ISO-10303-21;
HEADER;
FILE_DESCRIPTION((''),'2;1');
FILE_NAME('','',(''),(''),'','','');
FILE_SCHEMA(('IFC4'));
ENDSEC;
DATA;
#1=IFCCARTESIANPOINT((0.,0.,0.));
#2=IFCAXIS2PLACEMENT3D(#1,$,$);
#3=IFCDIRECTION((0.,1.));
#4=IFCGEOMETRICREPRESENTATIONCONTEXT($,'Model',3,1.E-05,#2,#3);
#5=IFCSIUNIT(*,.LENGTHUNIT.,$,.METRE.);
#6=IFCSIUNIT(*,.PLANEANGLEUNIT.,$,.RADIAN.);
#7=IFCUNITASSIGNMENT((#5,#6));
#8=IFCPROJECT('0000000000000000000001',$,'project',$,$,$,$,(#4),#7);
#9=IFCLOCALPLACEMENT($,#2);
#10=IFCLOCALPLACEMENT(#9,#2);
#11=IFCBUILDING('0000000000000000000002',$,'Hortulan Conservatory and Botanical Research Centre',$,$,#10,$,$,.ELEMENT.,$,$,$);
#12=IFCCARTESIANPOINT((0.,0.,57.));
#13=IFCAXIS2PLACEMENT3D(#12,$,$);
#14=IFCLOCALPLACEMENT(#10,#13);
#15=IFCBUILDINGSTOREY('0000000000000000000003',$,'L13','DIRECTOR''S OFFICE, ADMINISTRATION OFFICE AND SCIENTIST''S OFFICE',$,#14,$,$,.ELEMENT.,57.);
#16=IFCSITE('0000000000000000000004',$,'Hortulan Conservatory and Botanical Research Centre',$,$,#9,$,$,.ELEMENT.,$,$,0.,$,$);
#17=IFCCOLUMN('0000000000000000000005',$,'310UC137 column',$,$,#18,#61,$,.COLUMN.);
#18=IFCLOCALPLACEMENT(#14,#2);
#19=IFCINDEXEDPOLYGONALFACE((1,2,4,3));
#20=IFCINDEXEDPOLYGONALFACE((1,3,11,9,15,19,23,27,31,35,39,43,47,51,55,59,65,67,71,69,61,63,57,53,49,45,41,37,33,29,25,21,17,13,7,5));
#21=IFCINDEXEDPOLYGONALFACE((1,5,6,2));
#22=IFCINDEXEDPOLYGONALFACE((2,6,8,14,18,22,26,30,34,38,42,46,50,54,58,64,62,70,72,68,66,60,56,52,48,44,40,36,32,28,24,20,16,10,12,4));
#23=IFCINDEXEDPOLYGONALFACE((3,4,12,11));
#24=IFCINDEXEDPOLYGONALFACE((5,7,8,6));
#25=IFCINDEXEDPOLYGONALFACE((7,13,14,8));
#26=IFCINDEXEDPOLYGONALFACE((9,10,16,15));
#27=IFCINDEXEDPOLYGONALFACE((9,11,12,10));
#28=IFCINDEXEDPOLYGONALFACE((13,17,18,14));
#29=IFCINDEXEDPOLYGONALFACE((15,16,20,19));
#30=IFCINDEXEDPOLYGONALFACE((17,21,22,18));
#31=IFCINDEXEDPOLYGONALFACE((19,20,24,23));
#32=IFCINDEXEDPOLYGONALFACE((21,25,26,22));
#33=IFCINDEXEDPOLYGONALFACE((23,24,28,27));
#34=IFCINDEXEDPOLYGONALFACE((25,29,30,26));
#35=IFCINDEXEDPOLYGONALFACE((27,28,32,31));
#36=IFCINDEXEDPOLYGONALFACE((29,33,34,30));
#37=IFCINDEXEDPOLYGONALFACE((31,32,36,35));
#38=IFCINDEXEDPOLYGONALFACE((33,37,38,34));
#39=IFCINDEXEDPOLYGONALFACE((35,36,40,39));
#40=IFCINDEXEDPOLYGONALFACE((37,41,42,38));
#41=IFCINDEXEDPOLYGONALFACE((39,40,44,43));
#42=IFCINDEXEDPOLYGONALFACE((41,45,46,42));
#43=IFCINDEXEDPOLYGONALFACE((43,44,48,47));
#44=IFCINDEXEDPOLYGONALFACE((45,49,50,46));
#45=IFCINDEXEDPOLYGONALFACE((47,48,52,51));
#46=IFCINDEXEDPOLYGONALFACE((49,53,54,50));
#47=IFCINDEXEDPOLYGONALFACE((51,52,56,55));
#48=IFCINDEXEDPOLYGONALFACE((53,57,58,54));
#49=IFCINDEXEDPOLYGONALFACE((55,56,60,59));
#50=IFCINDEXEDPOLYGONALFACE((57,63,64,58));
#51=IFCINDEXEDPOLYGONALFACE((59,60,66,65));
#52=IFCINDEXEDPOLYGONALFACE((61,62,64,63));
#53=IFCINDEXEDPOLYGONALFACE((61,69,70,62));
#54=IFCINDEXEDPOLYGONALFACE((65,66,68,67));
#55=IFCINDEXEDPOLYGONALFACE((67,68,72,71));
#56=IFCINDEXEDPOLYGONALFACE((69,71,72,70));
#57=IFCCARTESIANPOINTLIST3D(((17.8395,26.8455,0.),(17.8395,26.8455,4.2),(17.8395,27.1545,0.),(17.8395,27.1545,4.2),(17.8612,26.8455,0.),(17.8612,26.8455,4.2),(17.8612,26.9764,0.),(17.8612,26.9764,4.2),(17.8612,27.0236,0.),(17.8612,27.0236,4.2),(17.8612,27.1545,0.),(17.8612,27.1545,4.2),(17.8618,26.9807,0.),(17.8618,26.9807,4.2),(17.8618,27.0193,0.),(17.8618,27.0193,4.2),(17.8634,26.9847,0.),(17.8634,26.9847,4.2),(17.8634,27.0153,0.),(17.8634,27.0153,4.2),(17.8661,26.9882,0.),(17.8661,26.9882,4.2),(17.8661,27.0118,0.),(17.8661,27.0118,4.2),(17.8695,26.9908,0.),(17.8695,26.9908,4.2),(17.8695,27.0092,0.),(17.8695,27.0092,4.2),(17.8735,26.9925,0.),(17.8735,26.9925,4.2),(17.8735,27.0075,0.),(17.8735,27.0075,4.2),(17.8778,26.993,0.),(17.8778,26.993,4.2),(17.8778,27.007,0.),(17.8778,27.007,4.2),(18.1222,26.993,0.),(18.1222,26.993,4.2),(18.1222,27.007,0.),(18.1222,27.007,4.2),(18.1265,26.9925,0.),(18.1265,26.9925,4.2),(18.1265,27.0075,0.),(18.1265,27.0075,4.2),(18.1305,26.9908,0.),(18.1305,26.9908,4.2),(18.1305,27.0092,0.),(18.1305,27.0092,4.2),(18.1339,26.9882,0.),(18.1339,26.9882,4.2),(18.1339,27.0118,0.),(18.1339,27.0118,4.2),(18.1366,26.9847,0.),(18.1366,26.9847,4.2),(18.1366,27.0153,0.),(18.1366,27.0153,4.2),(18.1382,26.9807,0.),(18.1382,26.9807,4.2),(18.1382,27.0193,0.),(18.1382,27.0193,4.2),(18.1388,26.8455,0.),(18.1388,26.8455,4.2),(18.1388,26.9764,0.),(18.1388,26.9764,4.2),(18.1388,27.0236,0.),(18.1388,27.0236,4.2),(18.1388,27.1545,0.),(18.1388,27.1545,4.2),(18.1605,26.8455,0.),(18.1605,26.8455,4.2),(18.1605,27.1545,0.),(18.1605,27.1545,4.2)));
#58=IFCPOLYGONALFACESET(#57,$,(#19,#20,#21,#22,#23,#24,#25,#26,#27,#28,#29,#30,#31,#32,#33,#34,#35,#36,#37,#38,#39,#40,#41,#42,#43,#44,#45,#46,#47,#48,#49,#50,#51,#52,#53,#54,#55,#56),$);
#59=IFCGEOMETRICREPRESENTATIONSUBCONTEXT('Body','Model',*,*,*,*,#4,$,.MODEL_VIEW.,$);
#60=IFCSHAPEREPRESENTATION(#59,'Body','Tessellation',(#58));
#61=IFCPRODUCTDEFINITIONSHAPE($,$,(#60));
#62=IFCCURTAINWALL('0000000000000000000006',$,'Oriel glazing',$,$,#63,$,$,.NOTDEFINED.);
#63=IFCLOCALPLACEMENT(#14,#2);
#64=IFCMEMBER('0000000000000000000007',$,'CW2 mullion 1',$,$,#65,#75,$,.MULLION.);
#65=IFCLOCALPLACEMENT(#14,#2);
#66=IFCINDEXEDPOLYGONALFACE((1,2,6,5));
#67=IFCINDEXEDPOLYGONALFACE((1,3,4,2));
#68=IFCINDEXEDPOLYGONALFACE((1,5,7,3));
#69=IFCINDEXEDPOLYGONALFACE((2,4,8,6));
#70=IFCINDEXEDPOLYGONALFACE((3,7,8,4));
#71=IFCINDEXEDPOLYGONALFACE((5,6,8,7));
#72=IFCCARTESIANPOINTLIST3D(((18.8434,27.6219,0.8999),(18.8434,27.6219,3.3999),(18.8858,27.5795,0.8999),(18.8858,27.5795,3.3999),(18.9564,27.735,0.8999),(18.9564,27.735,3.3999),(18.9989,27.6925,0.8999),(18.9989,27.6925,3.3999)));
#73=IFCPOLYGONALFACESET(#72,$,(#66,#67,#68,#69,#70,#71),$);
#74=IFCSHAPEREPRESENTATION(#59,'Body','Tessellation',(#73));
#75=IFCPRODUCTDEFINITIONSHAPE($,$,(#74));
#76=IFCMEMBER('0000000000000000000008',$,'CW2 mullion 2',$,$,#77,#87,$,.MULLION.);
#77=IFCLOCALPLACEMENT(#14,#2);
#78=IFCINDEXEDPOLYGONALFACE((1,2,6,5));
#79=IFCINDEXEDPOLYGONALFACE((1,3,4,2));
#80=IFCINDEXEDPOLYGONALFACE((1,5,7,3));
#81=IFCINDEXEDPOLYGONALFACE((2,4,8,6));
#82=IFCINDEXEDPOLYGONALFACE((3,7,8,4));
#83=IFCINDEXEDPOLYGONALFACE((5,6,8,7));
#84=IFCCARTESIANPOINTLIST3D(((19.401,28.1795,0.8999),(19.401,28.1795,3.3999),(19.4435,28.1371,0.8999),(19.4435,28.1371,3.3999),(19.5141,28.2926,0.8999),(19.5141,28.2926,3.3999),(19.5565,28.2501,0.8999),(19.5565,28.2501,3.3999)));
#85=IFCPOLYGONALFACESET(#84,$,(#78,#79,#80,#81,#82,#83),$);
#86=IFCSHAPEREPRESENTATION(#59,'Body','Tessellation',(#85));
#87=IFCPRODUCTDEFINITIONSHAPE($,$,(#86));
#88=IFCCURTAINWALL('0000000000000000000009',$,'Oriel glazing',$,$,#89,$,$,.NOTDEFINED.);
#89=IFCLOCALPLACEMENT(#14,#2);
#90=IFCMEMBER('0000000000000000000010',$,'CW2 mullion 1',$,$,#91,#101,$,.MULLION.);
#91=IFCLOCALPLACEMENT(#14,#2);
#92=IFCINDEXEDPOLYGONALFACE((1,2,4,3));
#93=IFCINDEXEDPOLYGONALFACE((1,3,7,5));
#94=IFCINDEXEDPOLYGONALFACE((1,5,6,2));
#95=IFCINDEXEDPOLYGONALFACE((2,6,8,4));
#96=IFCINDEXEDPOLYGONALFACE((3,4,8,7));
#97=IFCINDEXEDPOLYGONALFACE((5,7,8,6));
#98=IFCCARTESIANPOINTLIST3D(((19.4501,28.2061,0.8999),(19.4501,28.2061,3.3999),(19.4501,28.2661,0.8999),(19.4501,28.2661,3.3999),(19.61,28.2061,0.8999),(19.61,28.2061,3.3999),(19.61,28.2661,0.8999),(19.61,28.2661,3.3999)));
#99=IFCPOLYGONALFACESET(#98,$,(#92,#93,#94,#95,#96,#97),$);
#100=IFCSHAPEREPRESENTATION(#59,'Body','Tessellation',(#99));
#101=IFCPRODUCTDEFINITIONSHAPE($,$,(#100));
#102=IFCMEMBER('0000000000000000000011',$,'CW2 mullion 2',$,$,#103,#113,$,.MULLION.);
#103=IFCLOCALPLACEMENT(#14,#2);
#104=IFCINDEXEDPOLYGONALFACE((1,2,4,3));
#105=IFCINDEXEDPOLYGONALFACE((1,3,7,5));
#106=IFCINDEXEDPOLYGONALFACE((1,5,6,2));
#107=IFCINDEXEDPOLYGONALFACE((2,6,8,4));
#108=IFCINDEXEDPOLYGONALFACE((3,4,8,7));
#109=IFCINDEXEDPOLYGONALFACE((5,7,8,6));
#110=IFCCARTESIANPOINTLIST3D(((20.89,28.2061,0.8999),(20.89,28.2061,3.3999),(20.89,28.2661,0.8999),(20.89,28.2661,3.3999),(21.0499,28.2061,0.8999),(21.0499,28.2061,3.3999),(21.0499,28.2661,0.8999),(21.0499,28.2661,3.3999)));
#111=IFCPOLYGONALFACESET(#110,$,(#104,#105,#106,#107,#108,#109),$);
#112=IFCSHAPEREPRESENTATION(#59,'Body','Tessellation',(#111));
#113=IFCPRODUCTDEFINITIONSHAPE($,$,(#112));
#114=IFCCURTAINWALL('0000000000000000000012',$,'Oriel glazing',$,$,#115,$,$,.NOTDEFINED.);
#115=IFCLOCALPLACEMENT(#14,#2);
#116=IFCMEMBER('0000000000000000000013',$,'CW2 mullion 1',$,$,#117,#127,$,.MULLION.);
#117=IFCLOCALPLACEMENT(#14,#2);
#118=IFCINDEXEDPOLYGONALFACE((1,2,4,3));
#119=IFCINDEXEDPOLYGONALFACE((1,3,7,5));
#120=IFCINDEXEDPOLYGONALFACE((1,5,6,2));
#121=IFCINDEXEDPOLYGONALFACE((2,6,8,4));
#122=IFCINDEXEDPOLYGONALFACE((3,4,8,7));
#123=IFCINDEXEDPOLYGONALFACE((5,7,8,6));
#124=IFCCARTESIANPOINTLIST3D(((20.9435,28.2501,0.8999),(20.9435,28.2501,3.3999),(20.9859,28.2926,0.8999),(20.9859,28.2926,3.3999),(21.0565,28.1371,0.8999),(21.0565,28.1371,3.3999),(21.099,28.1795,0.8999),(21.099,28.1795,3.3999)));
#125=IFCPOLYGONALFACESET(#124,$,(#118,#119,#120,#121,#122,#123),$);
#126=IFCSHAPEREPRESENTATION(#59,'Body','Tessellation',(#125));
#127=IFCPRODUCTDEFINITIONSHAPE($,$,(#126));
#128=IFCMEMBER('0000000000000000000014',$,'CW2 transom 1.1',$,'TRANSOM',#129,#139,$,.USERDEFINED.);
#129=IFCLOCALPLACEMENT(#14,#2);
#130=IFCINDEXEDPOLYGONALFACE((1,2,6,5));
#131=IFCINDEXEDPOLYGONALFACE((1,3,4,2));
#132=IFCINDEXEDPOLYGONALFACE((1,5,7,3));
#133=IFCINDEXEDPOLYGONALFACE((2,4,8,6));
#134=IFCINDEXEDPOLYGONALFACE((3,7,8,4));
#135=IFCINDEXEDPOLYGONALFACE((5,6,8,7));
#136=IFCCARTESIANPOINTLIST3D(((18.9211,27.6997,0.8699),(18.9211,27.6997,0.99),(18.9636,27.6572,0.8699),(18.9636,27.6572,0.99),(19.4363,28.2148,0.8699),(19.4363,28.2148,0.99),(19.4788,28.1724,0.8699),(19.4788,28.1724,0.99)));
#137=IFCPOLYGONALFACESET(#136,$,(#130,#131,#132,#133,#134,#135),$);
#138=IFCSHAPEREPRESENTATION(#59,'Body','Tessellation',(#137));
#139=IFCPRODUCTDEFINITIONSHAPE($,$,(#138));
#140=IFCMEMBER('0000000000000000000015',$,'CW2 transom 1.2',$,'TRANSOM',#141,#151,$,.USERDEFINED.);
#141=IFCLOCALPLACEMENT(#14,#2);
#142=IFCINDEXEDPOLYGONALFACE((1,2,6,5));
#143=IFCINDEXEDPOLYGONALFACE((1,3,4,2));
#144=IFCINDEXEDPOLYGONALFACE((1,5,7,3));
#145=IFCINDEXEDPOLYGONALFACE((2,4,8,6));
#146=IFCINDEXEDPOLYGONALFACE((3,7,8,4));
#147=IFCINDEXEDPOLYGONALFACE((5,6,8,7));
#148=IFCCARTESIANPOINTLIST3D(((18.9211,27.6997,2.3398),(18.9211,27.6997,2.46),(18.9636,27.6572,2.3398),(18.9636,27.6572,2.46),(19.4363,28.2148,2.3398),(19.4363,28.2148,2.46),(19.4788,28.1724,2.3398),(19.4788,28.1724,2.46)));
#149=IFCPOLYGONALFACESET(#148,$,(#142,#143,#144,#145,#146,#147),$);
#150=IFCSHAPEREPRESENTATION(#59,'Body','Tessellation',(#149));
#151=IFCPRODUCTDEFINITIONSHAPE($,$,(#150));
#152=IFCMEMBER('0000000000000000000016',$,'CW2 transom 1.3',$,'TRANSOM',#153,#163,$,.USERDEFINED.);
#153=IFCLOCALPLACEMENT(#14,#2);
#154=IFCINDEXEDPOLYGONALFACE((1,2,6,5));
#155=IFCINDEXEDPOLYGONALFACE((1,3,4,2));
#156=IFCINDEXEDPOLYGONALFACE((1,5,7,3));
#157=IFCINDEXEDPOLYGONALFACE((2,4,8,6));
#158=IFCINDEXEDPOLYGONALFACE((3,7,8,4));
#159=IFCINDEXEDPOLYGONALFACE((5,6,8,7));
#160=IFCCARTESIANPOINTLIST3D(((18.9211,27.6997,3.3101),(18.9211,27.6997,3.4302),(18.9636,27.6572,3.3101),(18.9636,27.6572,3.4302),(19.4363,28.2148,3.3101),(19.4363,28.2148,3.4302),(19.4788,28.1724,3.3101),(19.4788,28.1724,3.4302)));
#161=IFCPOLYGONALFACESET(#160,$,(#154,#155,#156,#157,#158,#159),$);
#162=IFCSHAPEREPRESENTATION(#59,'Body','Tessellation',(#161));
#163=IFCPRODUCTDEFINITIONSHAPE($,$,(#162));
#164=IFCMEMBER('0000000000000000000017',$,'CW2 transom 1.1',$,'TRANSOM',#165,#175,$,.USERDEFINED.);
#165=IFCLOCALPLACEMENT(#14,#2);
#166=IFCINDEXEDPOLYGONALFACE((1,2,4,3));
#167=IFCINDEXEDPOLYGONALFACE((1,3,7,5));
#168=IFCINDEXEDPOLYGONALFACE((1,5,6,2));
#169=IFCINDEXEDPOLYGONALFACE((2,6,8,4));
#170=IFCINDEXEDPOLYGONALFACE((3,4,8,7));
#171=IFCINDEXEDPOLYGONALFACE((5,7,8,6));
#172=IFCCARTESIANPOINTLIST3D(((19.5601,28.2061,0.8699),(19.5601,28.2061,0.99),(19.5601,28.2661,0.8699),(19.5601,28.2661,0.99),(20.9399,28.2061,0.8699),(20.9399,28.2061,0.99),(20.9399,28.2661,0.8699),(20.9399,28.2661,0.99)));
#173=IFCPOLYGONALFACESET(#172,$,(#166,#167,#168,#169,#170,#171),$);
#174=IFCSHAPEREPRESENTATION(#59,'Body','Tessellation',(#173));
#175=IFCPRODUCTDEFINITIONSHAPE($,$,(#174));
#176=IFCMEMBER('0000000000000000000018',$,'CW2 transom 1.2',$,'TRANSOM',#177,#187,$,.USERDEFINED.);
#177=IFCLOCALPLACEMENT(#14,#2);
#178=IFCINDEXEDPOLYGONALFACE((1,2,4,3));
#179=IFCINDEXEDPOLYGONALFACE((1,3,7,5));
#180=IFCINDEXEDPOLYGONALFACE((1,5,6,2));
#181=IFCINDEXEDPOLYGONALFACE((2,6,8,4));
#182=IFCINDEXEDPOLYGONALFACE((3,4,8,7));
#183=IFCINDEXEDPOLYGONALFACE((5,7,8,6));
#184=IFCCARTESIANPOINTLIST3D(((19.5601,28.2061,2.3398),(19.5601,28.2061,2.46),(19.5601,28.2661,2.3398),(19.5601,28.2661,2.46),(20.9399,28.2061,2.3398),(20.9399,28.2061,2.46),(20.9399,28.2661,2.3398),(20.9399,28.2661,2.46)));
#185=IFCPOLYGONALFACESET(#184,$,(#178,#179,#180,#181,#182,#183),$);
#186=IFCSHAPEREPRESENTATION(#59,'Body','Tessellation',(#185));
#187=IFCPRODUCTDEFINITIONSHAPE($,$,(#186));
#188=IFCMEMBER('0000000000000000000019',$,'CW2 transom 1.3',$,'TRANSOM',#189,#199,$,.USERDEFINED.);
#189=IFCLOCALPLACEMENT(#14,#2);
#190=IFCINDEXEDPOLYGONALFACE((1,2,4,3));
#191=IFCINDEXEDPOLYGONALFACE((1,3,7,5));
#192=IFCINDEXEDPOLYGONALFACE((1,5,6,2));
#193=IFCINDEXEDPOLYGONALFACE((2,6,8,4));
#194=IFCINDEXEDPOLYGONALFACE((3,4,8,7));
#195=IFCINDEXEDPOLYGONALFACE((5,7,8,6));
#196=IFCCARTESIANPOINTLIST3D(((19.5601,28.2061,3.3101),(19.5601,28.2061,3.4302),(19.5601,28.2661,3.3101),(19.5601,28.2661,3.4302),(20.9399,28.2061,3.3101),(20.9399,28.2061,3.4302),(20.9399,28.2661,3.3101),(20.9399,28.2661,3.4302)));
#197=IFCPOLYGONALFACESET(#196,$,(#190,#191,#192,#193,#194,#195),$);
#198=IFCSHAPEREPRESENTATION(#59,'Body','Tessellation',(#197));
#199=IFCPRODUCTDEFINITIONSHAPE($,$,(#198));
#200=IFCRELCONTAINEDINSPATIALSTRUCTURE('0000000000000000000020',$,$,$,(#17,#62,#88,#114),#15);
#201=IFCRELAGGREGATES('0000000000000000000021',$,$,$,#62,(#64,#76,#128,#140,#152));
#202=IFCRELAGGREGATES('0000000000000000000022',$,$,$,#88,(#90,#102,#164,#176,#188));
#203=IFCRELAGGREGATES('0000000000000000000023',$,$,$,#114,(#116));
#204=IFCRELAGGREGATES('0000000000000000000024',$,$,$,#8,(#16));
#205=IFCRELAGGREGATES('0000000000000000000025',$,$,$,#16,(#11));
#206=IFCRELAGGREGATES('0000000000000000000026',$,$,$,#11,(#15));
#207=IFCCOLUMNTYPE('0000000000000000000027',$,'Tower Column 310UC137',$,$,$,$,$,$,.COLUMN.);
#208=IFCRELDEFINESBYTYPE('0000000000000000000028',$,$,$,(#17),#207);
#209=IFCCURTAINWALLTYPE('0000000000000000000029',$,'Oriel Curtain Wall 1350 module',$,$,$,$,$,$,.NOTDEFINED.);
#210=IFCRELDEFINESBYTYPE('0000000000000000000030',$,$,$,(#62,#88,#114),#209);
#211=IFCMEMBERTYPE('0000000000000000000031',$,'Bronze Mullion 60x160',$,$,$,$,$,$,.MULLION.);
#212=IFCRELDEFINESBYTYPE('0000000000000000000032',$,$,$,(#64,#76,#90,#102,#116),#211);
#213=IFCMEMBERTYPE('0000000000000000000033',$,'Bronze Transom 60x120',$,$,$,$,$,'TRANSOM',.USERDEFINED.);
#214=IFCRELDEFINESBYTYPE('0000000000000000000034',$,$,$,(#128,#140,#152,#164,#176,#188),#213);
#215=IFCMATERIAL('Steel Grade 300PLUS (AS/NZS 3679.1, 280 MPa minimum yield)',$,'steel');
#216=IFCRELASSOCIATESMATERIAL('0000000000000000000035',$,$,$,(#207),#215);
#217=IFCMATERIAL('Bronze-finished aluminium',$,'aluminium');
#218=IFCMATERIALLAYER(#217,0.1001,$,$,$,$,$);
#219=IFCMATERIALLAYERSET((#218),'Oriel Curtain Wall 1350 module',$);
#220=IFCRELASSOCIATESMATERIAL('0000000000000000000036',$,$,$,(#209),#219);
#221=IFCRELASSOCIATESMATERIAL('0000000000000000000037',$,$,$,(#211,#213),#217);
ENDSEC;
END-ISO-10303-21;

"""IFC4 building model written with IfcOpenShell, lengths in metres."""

from ifc_helpers import new_model, si_unit, direction, frame, origin, origin_2d, place, context, subcontext, project, spatial, rectangle, i_section, extrude, material, layer, layer_set, material_profile, profile_set, type_object, element, aggregate, save


model = new_model("IFC4")

# Units and contexts
model_context = context("Model", 3, precision=1e-05, world=origin(), true_north=direction((0.0, 1.0)))
body_context = subcontext(model_context, "Body", "Model", "MODEL_VIEW")
ifc_project = project(units=[si_unit("LENGTHUNIT", "METRE"), si_unit("PLANEANGLEUNIT", "RADIAN")], contexts=[model_context])

# Site, building, storey
site_placement = place(None, origin())
site = spatial("IfcSite", under=ifc_project, at=site_placement, Name="Hortulan Conservatory and Botanical Research Centre", CompositionType="ELEMENT", RefElevation=0.0)
building_placement = place(site_placement, origin())
building = spatial("IfcBuilding", under=site, at=building_placement, Name="Hortulan Conservatory and Botanical Research Centre", CompositionType="ELEMENT")
storey_placement = place(building_placement, frame((0.0, 0.0, 57.0)))
storey = spatial("IfcBuildingStorey", under=building, at=storey_placement, Name="L13", Description="DIRECTOR'S OFFICE, ADMINISTRATION OFFICE AND SCIENTIST'S OFFICE", CompositionType="ELEMENT", Elevation=57.0)

# Column
ifc_material_1 = material(Name="Steel Grade 300PLUS (AS/NZS 3679.1, 280 MPa minimum yield)", Category="steel")
ifc_material_profile_1 = material_profile(ifc_material_1, i_section(OverallWidth=0.3091, OverallDepth=0.321, WebThickness=0.0139, FlangeThickness=0.0217, FilletRadius=0.0166, at=origin_2d()), Name="310UC137")
ifc_profile_set_1 = profile_set([ifc_material_profile_1], Name="Steel Grade 300PLUS (AS/NZS 3679.1, 280 MPa minimum yield)")
column_type = type_object("IfcColumnType", Name="Tower Column 310UC137", PredefinedType="COLUMN", material=ifc_profile_set_1)
column_placement = place(storey_placement, frame((18.0, 27.0, 0.0), z_axis=(0.0, 0.0, 1.0), x_axis=(0.0, 1.0, 0.0)))
element("IfcColumn", 1, at=column_placement, inside=storey, type_object=column_type, Name="310UC137 column", PredefinedType="COLUMN", context=body_context, shape_type="SweptSolid", body=[
    extrude(i_section(OverallWidth=0.3091, OverallDepth=0.321, WebThickness=0.0139, FlangeThickness=0.0217, FilletRadius=0.0166, at=origin_2d()), origin(), (0.0, 0.0, 1.0), 4.2),
])

# Curtain walls, members
ifc_material_2 = material(Name="Bronze-finished aluminium", Category="aluminium")
ifc_layer_1 = layer(ifc_material_2, 0.1001)
ifc_layer_set_1 = layer_set([ifc_layer_1], Name="Oriel Curtain Wall 1350 module")
curtain_wall_type = type_object("IfcCurtainWallType", Name="Oriel Curtain Wall 1350 module", PredefinedType="NOTDEFINED", material=ifc_layer_set_1)
curtain_wall_1_placement = place(storey_placement, origin())
curtain_wall_1 = element("IfcCurtainWall", 2, at=curtain_wall_1_placement, inside=storey, type_object=curtain_wall_type, Name="Oriel glazing", PredefinedType="NOTDEFINED")
ifc_material_profile_2 = material_profile(ifc_material_2, rectangle(XDim=0.0601, YDim=0.1599, at=origin_2d()), Name="Bronze Mullion 60x160")
ifc_profile_set_2 = profile_set([ifc_material_profile_2], Name="Bronze-finished aluminium")
member_type_1 = type_object("IfcMemberType", Name="Bronze Mullion 60x160", PredefinedType="MULLION", material=ifc_profile_set_2)
member_1_placement = place(storey_placement, frame((18.9211, 27.6572, 0.8999), z_axis=(0.0, 0.0, 1.0), x_axis=(-0.707107, 0.707107, 0.0)))
member_1 = element("IfcMember", 3, at=member_1_placement, type_object=member_type_1, Name="CW2 mullion 1", PredefinedType="MULLION", context=body_context, shape_type="SweptSolid", body=[
    extrude(rectangle(XDim=0.0601, YDim=0.1599, at=origin_2d()), origin(), (0.0, 0.0, 1.0), 2.5),
])
member_2_placement = place(storey_placement, frame((19.4788, 28.2148, 0.8999), z_axis=(0.0, 0.0, 1.0), x_axis=(-0.707107, 0.707107, 0.0)))
member_2 = element("IfcMember", 4, at=member_2_placement, type_object=member_type_1, Name="CW2 mullion 2", PredefinedType="MULLION", context=body_context, shape_type="SweptSolid", body=[
    extrude(rectangle(XDim=0.0601, YDim=0.1599, at=origin_2d()), origin(), (0.0, 0.0, 1.0), 2.5),
])
curtain_wall_2_placement = place(storey_placement, origin())
curtain_wall_2 = element("IfcCurtainWall", 5, at=curtain_wall_2_placement, inside=storey, type_object=curtain_wall_type, Name="Oriel glazing", PredefinedType="NOTDEFINED")
member_3_placement = place(storey_placement, frame((19.53, 28.2361, 0.8999), z_axis=(0.0, 0.0, 1.0), x_axis=(0.0, 1.0, 0.0)))
member_3 = element("IfcMember", 6, at=member_3_placement, type_object=member_type_1, Name="CW2 mullion 1", PredefinedType="MULLION", context=body_context, shape_type="SweptSolid", body=[
    extrude(rectangle(XDim=0.0601, YDim=0.1599, at=origin_2d()), origin(), (0.0, 0.0, 1.0), 2.5),
])
member_4_placement = place(storey_placement, frame((20.97, 28.2361, 0.8999), z_axis=(0.0, 0.0, 1.0), x_axis=(0.0, 1.0, 0.0)))
member_4 = element("IfcMember", 7, at=member_4_placement, type_object=member_type_1, Name="CW2 mullion 2", PredefinedType="MULLION", context=body_context, shape_type="SweptSolid", body=[
    extrude(rectangle(XDim=0.0601, YDim=0.1599, at=origin_2d()), origin(), (0.0, 0.0, 1.0), 2.5),
])

# Curtain wall, member
curtain_wall_3_placement = place(storey_placement, origin())
curtain_wall_3 = element("IfcCurtainWall", 8, at=curtain_wall_3_placement, inside=storey, type_object=curtain_wall_type, Name="Oriel glazing", PredefinedType="NOTDEFINED")
member_5_placement = place(storey_placement, frame((21.0212, 28.2148, 0.8999), z_axis=(0.0, 0.0, 1.0), x_axis=(0.707107, 0.707107, 0.0)))
member_5 = element("IfcMember", 9, at=member_5_placement, type_object=member_type_1, Name="CW2 mullion 1", PredefinedType="MULLION", context=body_context, shape_type="SweptSolid", body=[
    extrude(rectangle(XDim=0.0601, YDim=0.1599, at=origin_2d()), origin(), (0.0, 0.0, 1.0), 2.5),
])

# Members
ifc_material_profile_3 = material_profile(ifc_material_2, rectangle(XDim=0.0601, YDim=0.1201, at=origin_2d()), Name="Bronze Transom 60x120")
ifc_profile_set_3 = profile_set([ifc_material_profile_3], Name="Bronze-finished aluminium")
member_type_2 = type_object("IfcMemberType", Name="Bronze Transom 60x120", ElementType="TRANSOM", PredefinedType="USERDEFINED", material=ifc_profile_set_3)
member_6_placement = place(storey_placement, frame((18.9424, 27.6785, 0.9299), z_axis=(0.707107, 0.707107, 0.0), x_axis=(-0.707107, 0.707107, 0.0)))
member_6 = element("IfcMember", 10, at=member_6_placement, type_object=member_type_2, Name="CW2 transom 1.1", ObjectType="TRANSOM", PredefinedType="USERDEFINED", context=body_context, shape_type="SweptSolid", body=[
    extrude(rectangle(XDim=0.0601, YDim=0.1201, at=origin_2d()), origin(), (0.0, 0.0, 1.0), 0.7285),
])
member_7_placement = place(storey_placement, frame((18.9424, 27.6785, 2.3999), z_axis=(0.707107, 0.707107, 0.0), x_axis=(-0.707107, 0.707107, 0.0)))
member_7 = element("IfcMember", 11, at=member_7_placement, type_object=member_type_2, Name="CW2 transom 1.2", ObjectType="TRANSOM", PredefinedType="USERDEFINED", context=body_context, shape_type="SweptSolid", body=[
    extrude(rectangle(XDim=0.0601, YDim=0.1201, at=origin_2d()), origin(), (0.0, 0.0, 1.0), 0.7285),
])
member_8_placement = place(storey_placement, frame((18.9424, 27.6785, 3.3701), z_axis=(0.707107, 0.707107, 0.0), x_axis=(-0.707107, 0.707107, 0.0)))
member_8 = element("IfcMember", 12, at=member_8_placement, type_object=member_type_2, Name="CW2 transom 1.3", ObjectType="TRANSOM", PredefinedType="USERDEFINED", context=body_context, shape_type="SweptSolid", body=[
    extrude(rectangle(XDim=0.0601, YDim=0.1201, at=origin_2d()), origin(), (0.0, 0.0, 1.0), 0.7285),
])
member_9_placement = place(storey_placement, frame((19.5601, 28.2361, 0.9299), z_axis=(1.0, 0.0, 0.0), x_axis=(0.0, 1.0, 0.0)))
member_9 = element("IfcMember", 13, at=member_9_placement, type_object=member_type_2, Name="CW2 transom 1.1", ObjectType="TRANSOM", PredefinedType="USERDEFINED", context=body_context, shape_type="SweptSolid", body=[
    extrude(rectangle(XDim=0.0601, YDim=0.1201, at=origin_2d()), origin(), (0.0, 0.0, 1.0), 1.3799),
])
member_10_placement = place(storey_placement, frame((19.5601, 28.2361, 2.3999), z_axis=(1.0, 0.0, 0.0), x_axis=(0.0, 1.0, 0.0)))
member_10 = element("IfcMember", 14, at=member_10_placement, type_object=member_type_2, Name="CW2 transom 1.2", ObjectType="TRANSOM", PredefinedType="USERDEFINED", context=body_context, shape_type="SweptSolid", body=[
    extrude(rectangle(XDim=0.0601, YDim=0.1201, at=origin_2d()), origin(), (0.0, 0.0, 1.0), 1.3799),
])
member_11_placement = place(storey_placement, frame((19.5601, 28.2361, 3.3701), z_axis=(1.0, 0.0, 0.0), x_axis=(0.0, 1.0, 0.0)))
member_11 = element("IfcMember", 15, at=member_11_placement, type_object=member_type_2, Name="CW2 transom 1.3", ObjectType="TRANSOM", PredefinedType="USERDEFINED", context=body_context, shape_type="SweptSolid", body=[
    extrude(rectangle(XDim=0.0601, YDim=0.1201, at=origin_2d()), origin(), (0.0, 0.0, 1.0), 1.3799),
])

aggregate(curtain_wall_1, [member_1, member_2, member_6, member_7, member_8])
aggregate(curtain_wall_2, [member_3, member_4, member_9, member_10, member_11])
aggregate(curtain_wall_3, [member_5])

save(model, "model.ifc")
